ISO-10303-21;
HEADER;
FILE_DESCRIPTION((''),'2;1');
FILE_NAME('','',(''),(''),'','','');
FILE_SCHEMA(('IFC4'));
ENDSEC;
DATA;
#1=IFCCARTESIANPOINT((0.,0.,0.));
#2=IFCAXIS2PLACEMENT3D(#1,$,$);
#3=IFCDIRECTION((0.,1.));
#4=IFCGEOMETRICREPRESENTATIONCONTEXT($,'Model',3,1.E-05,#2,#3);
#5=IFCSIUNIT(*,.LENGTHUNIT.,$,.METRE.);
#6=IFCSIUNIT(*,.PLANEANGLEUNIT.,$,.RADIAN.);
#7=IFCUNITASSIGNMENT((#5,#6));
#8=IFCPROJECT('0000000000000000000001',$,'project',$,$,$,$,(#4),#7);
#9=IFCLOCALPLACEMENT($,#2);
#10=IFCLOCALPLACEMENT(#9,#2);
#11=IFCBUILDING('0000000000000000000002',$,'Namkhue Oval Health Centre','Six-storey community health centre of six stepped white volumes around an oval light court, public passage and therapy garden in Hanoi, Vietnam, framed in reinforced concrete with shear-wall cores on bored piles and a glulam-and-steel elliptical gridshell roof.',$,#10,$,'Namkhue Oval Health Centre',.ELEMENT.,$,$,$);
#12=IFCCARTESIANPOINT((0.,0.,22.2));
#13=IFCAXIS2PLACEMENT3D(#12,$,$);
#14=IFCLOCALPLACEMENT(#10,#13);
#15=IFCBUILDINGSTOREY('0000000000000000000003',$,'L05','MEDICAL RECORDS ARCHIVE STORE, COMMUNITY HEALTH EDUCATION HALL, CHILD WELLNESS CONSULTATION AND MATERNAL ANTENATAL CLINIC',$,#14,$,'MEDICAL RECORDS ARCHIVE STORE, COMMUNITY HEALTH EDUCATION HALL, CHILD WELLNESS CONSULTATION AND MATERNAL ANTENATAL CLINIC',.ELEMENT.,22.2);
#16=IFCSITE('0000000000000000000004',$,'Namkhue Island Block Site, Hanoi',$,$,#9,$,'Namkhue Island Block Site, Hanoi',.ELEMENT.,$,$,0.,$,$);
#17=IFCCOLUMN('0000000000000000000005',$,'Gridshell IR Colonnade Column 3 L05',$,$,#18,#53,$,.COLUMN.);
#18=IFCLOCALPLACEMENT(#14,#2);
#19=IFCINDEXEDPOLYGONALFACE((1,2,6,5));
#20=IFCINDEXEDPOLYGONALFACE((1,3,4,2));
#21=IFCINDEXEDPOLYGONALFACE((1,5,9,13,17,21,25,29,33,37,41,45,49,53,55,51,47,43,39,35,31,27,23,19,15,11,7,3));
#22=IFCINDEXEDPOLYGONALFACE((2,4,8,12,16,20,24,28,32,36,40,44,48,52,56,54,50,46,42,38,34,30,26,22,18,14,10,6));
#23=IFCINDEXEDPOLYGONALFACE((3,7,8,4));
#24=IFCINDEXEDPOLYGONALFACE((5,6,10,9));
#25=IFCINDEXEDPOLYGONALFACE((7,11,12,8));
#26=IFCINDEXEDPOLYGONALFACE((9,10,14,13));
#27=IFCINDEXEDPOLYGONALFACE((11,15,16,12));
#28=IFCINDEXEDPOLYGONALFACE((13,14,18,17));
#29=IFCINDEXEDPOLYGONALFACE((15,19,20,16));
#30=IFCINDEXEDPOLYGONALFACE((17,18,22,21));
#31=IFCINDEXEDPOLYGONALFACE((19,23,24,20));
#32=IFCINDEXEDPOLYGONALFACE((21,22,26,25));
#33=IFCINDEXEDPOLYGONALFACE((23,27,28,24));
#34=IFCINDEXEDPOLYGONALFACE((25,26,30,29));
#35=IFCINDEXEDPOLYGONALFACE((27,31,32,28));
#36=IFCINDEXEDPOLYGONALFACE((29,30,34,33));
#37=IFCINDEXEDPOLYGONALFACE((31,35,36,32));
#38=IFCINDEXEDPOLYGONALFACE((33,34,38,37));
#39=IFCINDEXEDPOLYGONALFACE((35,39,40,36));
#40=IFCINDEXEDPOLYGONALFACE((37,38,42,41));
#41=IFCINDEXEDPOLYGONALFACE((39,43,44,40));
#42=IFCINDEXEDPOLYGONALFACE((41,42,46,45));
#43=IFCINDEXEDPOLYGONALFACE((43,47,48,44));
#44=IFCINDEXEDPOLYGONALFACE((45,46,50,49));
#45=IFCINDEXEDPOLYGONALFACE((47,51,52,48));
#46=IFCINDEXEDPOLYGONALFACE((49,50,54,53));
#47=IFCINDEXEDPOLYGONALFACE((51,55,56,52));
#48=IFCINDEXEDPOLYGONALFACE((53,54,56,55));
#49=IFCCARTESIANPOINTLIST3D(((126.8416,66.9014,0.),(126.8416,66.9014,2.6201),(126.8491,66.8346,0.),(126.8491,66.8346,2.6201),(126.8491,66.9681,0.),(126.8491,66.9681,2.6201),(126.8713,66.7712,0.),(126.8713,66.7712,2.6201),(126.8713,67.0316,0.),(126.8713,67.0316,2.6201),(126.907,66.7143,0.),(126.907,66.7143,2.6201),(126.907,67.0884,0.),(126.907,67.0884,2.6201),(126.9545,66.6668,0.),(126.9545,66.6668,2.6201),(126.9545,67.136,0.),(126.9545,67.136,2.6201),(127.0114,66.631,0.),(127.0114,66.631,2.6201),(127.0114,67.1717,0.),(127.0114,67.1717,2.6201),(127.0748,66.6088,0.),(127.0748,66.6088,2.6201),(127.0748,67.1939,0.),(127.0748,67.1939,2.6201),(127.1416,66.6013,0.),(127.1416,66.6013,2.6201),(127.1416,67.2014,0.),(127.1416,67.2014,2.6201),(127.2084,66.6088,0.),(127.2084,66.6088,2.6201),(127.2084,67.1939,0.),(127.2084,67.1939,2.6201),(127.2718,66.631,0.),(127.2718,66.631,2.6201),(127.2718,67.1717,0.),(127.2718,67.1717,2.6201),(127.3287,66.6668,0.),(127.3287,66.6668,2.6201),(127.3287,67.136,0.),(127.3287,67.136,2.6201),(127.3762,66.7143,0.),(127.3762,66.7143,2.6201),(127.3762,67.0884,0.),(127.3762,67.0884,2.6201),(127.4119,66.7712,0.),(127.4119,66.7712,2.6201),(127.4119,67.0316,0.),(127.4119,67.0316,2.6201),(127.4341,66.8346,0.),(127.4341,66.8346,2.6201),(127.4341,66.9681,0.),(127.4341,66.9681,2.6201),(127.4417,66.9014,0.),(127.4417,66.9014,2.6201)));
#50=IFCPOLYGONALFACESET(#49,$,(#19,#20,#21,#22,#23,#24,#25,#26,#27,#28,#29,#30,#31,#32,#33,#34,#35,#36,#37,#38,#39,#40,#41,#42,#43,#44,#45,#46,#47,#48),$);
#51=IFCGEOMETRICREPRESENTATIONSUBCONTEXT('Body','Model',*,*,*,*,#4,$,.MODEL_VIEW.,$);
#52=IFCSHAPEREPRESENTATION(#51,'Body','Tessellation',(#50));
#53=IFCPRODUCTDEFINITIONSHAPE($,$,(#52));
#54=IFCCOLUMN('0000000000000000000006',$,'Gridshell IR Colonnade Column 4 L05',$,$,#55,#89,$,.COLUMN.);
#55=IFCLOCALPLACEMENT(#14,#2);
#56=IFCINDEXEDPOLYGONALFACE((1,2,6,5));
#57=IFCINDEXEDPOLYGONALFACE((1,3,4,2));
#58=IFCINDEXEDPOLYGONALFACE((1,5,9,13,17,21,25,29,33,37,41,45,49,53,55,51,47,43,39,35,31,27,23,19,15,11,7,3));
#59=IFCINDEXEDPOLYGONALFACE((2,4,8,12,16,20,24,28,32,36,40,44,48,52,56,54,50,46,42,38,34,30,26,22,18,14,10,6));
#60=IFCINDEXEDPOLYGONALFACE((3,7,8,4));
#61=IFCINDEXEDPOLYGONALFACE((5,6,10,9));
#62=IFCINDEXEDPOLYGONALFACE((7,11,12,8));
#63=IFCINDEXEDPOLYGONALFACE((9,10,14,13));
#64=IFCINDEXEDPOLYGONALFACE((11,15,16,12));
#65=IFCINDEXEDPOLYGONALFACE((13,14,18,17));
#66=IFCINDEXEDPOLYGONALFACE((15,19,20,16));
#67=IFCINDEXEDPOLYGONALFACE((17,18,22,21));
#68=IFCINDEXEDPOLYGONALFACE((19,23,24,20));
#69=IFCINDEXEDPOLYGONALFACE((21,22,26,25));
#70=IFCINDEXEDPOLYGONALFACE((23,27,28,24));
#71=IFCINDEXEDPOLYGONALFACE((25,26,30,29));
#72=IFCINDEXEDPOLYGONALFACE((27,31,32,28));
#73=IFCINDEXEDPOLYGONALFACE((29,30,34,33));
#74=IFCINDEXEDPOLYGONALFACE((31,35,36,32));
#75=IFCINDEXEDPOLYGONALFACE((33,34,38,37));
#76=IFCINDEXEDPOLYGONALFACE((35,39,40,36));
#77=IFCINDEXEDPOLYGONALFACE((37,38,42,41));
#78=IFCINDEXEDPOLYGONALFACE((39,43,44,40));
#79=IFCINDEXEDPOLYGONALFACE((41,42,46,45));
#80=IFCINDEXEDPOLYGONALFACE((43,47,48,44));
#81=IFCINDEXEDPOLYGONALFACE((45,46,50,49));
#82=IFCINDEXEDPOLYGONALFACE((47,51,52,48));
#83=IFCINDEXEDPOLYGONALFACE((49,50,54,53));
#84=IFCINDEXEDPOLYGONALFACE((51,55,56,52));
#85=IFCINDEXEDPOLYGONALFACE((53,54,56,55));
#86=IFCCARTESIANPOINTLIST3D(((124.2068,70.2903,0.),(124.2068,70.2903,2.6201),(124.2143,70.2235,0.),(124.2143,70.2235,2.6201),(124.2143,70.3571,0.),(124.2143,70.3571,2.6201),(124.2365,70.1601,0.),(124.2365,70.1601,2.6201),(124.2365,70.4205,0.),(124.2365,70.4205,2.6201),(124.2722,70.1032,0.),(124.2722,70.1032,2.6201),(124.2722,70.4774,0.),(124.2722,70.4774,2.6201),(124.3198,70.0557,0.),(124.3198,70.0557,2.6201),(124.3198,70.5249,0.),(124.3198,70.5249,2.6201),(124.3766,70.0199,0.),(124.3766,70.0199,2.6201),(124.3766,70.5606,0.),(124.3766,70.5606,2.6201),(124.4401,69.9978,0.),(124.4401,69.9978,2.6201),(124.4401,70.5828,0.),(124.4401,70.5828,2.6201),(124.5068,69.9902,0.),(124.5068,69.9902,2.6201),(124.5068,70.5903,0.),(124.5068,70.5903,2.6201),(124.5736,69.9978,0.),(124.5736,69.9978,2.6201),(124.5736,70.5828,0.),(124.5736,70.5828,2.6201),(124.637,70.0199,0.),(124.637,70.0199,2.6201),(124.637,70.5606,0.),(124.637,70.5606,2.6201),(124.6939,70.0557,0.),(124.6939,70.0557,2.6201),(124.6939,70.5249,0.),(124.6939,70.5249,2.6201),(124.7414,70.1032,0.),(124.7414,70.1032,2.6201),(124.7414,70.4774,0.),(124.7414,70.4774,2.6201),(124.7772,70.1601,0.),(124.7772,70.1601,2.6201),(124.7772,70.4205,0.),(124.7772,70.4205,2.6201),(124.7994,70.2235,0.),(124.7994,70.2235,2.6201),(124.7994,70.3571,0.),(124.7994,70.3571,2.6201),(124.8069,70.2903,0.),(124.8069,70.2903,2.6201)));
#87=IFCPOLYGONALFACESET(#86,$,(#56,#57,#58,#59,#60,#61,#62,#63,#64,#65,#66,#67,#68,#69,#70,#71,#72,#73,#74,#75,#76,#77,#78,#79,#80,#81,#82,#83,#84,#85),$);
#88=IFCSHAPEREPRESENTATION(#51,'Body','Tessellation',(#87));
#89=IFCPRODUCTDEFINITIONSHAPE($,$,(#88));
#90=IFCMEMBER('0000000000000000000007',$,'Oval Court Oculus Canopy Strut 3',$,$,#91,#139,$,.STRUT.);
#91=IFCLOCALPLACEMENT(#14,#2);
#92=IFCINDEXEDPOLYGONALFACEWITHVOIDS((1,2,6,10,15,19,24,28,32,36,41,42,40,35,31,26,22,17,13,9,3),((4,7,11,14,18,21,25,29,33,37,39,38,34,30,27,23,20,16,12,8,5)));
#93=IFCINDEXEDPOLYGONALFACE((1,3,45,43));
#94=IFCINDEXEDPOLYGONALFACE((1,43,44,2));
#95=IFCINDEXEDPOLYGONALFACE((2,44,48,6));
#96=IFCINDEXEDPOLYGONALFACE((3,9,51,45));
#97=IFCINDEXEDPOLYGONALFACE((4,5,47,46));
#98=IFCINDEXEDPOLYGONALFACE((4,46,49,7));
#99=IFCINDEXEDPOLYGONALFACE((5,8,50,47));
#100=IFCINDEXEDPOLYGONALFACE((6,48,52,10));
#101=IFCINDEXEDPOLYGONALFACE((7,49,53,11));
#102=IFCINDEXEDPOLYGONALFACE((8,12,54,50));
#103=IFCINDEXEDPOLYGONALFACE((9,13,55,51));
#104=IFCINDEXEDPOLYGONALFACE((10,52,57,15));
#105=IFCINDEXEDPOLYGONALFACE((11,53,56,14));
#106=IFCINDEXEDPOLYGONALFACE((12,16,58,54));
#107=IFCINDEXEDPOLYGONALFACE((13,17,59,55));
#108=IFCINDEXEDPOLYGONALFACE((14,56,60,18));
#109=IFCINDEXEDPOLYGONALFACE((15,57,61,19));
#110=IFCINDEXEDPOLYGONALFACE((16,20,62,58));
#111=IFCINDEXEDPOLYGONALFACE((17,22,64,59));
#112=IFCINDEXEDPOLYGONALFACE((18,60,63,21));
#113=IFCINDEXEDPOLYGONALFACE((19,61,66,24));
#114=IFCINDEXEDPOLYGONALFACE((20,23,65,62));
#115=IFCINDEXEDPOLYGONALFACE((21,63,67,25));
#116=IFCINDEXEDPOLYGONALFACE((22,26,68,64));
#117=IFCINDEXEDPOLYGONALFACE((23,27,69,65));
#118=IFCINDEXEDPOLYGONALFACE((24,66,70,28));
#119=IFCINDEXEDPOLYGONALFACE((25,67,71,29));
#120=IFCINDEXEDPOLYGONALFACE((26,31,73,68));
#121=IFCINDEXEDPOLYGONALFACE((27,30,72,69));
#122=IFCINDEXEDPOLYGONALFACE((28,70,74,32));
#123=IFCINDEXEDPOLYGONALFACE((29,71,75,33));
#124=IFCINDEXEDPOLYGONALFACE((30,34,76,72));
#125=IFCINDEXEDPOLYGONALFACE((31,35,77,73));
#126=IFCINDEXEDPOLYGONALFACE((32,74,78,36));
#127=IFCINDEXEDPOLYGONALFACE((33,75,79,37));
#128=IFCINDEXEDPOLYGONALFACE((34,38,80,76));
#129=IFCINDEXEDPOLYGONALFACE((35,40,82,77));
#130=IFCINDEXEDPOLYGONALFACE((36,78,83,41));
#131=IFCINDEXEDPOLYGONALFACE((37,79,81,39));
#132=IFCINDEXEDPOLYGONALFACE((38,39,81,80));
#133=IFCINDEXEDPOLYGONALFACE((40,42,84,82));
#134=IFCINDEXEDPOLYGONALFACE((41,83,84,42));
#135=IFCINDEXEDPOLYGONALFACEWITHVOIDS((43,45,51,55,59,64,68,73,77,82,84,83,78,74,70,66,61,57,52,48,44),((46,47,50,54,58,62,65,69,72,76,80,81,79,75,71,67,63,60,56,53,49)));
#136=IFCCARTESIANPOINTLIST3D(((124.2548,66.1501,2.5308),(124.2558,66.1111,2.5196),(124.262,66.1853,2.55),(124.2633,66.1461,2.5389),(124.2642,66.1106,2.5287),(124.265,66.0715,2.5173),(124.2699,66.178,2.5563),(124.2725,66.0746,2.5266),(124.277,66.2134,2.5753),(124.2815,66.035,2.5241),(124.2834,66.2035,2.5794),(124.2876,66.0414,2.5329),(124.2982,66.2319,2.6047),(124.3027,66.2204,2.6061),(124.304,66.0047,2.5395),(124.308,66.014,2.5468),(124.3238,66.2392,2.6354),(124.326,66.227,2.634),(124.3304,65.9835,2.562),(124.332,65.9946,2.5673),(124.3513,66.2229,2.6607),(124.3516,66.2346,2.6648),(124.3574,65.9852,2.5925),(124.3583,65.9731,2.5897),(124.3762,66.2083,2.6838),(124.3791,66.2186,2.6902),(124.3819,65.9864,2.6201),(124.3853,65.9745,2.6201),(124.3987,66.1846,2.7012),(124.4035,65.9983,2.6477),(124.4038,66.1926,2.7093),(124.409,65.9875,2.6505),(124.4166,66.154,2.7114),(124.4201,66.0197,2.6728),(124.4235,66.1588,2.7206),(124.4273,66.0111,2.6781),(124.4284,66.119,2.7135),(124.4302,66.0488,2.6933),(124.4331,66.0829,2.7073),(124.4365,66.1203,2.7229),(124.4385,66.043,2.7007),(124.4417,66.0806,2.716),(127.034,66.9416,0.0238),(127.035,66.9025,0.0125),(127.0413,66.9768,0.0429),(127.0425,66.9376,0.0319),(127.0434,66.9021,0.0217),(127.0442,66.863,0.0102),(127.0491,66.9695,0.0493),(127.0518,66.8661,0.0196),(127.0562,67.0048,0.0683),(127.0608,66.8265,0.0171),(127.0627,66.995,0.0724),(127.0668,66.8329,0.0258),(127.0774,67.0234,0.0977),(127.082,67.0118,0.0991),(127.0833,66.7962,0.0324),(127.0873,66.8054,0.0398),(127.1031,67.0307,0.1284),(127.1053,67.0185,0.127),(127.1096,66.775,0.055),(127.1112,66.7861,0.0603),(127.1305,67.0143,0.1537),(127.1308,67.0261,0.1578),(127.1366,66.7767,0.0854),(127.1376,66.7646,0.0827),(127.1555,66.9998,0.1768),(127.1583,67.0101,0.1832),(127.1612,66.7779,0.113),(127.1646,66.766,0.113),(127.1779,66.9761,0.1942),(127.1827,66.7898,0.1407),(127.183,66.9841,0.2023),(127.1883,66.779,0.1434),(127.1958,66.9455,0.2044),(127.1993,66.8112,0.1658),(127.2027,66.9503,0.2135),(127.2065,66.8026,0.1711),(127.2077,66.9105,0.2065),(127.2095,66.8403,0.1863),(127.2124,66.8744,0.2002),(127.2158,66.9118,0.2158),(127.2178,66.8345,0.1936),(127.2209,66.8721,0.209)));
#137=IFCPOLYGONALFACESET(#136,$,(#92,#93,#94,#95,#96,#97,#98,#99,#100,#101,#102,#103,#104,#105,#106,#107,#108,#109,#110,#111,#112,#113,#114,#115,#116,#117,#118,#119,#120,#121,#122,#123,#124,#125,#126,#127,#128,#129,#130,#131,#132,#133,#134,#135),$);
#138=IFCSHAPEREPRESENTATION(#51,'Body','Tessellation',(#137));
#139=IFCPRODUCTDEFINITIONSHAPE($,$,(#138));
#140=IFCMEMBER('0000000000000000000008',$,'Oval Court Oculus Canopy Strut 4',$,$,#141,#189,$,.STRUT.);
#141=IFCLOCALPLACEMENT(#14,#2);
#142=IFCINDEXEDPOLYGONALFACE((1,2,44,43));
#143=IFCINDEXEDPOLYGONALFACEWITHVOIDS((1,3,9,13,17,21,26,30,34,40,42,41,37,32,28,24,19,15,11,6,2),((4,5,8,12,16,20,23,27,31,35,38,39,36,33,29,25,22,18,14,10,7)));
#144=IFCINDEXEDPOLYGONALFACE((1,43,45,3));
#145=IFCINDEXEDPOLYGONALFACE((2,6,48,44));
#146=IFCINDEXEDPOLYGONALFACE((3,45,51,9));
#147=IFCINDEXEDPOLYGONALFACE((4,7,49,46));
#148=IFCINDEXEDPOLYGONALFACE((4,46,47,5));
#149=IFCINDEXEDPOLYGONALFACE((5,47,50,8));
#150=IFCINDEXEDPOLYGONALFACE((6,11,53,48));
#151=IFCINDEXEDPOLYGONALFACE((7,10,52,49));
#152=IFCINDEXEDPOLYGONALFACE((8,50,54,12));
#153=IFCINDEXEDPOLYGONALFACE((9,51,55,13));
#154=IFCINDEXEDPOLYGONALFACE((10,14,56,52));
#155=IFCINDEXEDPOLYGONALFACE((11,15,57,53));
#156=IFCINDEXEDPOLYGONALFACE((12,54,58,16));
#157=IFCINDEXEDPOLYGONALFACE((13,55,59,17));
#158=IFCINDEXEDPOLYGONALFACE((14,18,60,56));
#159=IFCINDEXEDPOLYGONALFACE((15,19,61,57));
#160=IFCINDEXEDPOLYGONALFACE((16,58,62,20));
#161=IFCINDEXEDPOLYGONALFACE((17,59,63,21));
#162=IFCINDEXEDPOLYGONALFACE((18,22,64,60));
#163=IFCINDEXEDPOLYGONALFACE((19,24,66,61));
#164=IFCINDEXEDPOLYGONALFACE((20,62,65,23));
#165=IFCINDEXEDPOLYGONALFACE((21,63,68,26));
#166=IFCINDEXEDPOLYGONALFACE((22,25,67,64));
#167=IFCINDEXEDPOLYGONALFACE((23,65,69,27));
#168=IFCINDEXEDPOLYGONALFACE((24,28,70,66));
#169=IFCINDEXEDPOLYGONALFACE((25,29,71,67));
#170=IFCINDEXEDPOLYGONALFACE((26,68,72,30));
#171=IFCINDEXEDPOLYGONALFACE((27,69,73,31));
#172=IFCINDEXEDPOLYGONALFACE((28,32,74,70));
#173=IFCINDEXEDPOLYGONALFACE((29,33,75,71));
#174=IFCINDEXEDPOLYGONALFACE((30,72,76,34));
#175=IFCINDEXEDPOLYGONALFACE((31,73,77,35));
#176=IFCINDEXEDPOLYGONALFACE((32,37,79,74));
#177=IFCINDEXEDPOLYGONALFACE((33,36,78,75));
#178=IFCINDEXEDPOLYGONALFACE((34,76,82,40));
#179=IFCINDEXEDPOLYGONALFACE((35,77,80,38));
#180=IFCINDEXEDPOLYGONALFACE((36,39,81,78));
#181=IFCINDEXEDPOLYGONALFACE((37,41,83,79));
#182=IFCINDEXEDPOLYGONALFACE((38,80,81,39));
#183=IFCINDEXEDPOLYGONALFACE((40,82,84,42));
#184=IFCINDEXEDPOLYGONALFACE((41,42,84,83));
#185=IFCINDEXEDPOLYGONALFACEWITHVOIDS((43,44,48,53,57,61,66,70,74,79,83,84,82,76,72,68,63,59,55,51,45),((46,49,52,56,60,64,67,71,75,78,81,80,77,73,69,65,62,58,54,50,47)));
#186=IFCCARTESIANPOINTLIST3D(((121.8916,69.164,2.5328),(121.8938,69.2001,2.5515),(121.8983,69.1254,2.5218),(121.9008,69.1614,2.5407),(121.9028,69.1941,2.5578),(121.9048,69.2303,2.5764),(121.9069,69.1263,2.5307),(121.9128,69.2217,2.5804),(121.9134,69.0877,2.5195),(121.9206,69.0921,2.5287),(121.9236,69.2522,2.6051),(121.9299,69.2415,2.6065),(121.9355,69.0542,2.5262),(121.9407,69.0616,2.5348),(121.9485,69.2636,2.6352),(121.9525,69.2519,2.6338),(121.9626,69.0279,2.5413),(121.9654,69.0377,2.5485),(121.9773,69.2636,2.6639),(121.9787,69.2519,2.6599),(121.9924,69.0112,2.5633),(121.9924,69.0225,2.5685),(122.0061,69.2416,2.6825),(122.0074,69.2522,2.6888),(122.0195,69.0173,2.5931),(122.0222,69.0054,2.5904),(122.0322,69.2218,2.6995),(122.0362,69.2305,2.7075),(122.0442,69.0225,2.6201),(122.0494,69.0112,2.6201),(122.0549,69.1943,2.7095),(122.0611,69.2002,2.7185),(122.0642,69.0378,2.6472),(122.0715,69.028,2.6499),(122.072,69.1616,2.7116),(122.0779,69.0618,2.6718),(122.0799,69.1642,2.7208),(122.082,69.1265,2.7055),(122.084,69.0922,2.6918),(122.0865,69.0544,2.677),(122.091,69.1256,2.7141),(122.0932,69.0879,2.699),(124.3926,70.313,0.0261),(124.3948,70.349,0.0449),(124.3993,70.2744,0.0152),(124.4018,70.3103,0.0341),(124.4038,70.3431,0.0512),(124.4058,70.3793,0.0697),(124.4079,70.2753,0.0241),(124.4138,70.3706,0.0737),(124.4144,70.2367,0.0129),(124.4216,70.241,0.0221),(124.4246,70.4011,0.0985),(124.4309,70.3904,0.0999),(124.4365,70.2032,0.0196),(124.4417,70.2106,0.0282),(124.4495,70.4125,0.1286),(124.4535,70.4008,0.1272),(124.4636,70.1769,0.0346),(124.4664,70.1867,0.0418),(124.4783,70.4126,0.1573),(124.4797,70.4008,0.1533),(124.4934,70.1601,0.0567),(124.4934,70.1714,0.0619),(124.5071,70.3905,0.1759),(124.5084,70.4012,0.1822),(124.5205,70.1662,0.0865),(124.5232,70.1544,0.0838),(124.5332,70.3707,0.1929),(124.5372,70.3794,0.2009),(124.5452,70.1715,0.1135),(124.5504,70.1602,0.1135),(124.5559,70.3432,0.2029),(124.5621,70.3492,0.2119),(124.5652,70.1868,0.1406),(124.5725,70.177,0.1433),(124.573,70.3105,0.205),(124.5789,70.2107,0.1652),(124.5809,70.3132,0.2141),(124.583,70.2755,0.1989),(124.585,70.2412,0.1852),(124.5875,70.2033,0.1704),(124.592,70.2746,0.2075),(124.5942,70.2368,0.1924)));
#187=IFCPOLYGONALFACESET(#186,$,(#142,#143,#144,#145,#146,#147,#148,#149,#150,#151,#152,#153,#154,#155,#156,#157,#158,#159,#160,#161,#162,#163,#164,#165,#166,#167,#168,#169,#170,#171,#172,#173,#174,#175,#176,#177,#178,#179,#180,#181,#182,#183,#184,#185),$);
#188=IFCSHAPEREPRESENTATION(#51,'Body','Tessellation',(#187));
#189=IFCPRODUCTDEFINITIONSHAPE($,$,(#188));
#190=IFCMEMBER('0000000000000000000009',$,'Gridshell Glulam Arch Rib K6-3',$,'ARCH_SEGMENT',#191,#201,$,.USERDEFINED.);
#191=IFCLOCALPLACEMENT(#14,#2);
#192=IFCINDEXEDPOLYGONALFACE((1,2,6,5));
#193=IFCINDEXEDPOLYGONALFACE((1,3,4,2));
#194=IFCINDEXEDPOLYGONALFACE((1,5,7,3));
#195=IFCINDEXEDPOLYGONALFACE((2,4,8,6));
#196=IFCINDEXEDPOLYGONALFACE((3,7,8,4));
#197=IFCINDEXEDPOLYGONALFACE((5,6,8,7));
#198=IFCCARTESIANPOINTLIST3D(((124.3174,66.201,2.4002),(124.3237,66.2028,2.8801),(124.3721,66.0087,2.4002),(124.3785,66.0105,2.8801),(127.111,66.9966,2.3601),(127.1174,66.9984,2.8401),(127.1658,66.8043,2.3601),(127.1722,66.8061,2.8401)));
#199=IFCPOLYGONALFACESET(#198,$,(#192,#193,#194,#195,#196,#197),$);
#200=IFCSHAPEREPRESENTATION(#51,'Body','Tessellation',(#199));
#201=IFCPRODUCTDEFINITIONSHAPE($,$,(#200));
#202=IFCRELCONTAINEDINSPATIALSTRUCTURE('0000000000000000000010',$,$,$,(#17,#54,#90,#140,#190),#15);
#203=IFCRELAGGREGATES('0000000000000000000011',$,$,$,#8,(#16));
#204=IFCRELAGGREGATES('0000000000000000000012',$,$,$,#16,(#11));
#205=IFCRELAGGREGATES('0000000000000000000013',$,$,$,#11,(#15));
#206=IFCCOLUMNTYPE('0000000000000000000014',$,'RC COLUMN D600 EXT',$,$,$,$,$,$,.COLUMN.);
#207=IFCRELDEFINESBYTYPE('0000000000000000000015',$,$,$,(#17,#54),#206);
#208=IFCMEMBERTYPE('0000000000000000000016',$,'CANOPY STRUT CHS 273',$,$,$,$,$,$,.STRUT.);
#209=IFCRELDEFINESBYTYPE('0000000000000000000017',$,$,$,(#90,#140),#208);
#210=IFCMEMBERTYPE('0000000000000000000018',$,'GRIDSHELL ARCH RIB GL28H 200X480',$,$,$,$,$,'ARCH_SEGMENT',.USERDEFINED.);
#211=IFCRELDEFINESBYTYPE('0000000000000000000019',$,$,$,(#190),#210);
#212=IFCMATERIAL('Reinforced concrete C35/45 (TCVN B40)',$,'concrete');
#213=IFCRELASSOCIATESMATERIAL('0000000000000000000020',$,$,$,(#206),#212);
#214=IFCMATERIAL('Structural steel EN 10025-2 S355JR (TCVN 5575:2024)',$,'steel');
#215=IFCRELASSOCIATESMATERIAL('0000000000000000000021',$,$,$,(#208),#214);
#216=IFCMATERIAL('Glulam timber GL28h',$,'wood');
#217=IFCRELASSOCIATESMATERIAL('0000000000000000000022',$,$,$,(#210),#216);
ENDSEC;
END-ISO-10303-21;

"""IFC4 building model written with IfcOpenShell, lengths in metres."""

from ifc_helpers import new_model, si_unit, direction, frame, origin, origin_2d, place, context, subcontext, project, spatial, rectangle, circle, hollow_circle, extrude, material, material_profile, profile_set, type_object, element, save


model = new_model("IFC4")

# Units and contexts
model_context = context("Model", 3, precision=1e-05, world=origin(), true_north=direction((0.0, 1.0)))
body_context = subcontext(model_context, "Body", "Model", "MODEL_VIEW")
ifc_project = project(units=[si_unit("LENGTHUNIT", "METRE"), si_unit("PLANEANGLEUNIT", "RADIAN")], contexts=[model_context])

# Site, building, storey
site_placement = place(None, origin())
site = spatial("IfcSite", under=ifc_project, at=site_placement, Name="Namkhue Island Block Site, Hanoi", LongName="Namkhue Island Block Site, Hanoi", CompositionType="ELEMENT", RefElevation=0.0)
building_placement = place(site_placement, origin())
building = spatial("IfcBuilding", under=site, at=building_placement, Name="Namkhue Oval Health Centre", Description="Six-storey community health centre of six stepped white volumes around an oval light court, public passage and therapy garden in Hanoi, Vietnam, framed in reinforced concrete with shear-wall cores on bored piles and a glulam-and-steel elliptical gridshell roof.", LongName="Namkhue Oval Health Centre", CompositionType="ELEMENT")
storey_placement = place(building_placement, frame((0.0, 0.0, 22.2)))
storey = spatial("IfcBuildingStorey", under=building, at=storey_placement, Name="L05", Description="MEDICAL RECORDS ARCHIVE STORE, COMMUNITY HEALTH EDUCATION HALL, CHILD WELLNESS CONSULTATION AND MATERNAL ANTENATAL CLINIC", LongName="MEDICAL RECORDS ARCHIVE STORE, COMMUNITY HEALTH EDUCATION HALL, CHILD WELLNESS CONSULTATION AND MATERNAL ANTENATAL CLINIC", CompositionType="ELEMENT", Elevation=22.2)

# Columns
ifc_material_1 = material(Name="Reinforced concrete C35/45 (TCVN B40)", Category="concrete")
ifc_material_profile_1 = material_profile(ifc_material_1, circle(Radius=0.3, at=origin_2d()), Name="RC D600")
ifc_profile_set_1 = profile_set([ifc_material_profile_1], Name="Reinforced concrete C35/45 (TCVN B40)")
column_type = type_object("IfcColumnType", Name="RC COLUMN D600 EXT", PredefinedType="COLUMN", material=ifc_profile_set_1)
for number, where, z_axis, x_axis, name in (
    (1, (127.1416, 66.9014, 0.0), (0.0, 0.0, 1.0), (1.0, 0.0, 0.0), "Gridshell IR Colonnade Column 3 L05"),
    (2, (124.5068, 70.2903, 0.0), (0.0, 0.0, 1.0), (1.0, 0.0, 0.0), "Gridshell IR Colonnade Column 4 L05"),
):
    element("IfcColumn", number, at=place(storey_placement, frame(where, z_axis=z_axis, x_axis=x_axis)), inside=storey, type_object=column_type, Name=name, PredefinedType="COLUMN", context=body_context, shape_type="SweptSolid", body=[
        extrude(circle(Radius=0.3, at=origin_2d()), origin(), (0.0, 0.0, 1.0), 2.6201),
    ])

# Members
ifc_material_2 = material(Name="Structural steel EN 10025-2 S355JR (TCVN 5575:2024)", Category="steel")
ifc_material_profile_2 = material_profile(ifc_material_2, hollow_circle(Radius=0.1365, WallThickness=0.0125, at=origin_2d()), Name="CHS 273x12.5")
ifc_profile_set_2 = profile_set([ifc_material_profile_2], Name="Structural steel EN 10025-2 S355JR (TCVN 5575:2024)")
member_type_1 = type_object("IfcMemberType", Name="CANOPY STRUT CHS 273", PredefinedType="STRUT", material=ifc_profile_set_2)
member_1_placement = place(storey_placement, frame((127.1272, 66.8972, 0.113), z_axis=(-0.72647, -0.206888, 0.655316), x_axis=(0.273895, -0.96176, 0.0)))
element("IfcMember", 3, at=member_1_placement, inside=storey, type_object=member_type_1, Name="Oval Court Oculus Canopy Strut 3", PredefinedType="STRUT", context=body_context, shape_type="SweptSolid", body=[
    extrude(hollow_circle(Radius=0.1365, WallThickness=0.0125, at=origin_2d()), origin(), (0.0, 0.0, 1.0), 3.8257),
])
member_2_placement = place(storey_placement, frame((124.4934, 70.2842, 0.1135), z_axis=(-0.671832, -0.308633, 0.67334), x_axis=(0.417449, -0.9087, 0.0)))
element("IfcMember", 4, at=member_2_placement, inside=storey, type_object=member_type_1, Name="Oval Court Oculus Canopy Strut 4", PredefinedType="STRUT", context=body_context, shape_type="SweptSolid", body=[
    extrude(hollow_circle(Radius=0.1365, WallThickness=0.0125, at=origin_2d()), origin(), (0.0, 0.0, 1.0), 3.7227),
])
ifc_material_3 = material(Name="Glulam timber GL28h", Category="wood")
ifc_material_profile_3 = material_profile(ifc_material_3, rectangle(XDim=0.2, YDim=0.48, at=origin_2d()), Name="GL28h 200x480")
ifc_profile_set_3 = profile_set([ifc_material_profile_3], Name="Glulam timber GL28h")
member_type_2 = type_object("IfcMemberType", Name="GRIDSHELL ARCH RIB GL28H 200X480", ElementType="ARCH_SEGMENT", PredefinedType="USERDEFINED", material=ifc_profile_set_3)
member_3_placement = place(storey_placement, frame((127.1416, 66.9014, 2.6001), z_axis=(-0.961664, -0.273885, 0.013782), x_axis=(0.273911, -0.961755, 0.0)))
element("IfcMember", 5, at=member_3_placement, inside=storey, type_object=member_type_2, Name="Gridshell Glulam Arch Rib K6-3", ObjectType="ARCH_SEGMENT", PredefinedType="USERDEFINED", context=body_context, shape_type="SweptSolid", body=[
    extrude(rectangle(XDim=0.2, YDim=0.48, at=origin_2d()), origin(), (0.0, 0.0, 1.0), 2.905),
])

save(model, "model.ifc")
